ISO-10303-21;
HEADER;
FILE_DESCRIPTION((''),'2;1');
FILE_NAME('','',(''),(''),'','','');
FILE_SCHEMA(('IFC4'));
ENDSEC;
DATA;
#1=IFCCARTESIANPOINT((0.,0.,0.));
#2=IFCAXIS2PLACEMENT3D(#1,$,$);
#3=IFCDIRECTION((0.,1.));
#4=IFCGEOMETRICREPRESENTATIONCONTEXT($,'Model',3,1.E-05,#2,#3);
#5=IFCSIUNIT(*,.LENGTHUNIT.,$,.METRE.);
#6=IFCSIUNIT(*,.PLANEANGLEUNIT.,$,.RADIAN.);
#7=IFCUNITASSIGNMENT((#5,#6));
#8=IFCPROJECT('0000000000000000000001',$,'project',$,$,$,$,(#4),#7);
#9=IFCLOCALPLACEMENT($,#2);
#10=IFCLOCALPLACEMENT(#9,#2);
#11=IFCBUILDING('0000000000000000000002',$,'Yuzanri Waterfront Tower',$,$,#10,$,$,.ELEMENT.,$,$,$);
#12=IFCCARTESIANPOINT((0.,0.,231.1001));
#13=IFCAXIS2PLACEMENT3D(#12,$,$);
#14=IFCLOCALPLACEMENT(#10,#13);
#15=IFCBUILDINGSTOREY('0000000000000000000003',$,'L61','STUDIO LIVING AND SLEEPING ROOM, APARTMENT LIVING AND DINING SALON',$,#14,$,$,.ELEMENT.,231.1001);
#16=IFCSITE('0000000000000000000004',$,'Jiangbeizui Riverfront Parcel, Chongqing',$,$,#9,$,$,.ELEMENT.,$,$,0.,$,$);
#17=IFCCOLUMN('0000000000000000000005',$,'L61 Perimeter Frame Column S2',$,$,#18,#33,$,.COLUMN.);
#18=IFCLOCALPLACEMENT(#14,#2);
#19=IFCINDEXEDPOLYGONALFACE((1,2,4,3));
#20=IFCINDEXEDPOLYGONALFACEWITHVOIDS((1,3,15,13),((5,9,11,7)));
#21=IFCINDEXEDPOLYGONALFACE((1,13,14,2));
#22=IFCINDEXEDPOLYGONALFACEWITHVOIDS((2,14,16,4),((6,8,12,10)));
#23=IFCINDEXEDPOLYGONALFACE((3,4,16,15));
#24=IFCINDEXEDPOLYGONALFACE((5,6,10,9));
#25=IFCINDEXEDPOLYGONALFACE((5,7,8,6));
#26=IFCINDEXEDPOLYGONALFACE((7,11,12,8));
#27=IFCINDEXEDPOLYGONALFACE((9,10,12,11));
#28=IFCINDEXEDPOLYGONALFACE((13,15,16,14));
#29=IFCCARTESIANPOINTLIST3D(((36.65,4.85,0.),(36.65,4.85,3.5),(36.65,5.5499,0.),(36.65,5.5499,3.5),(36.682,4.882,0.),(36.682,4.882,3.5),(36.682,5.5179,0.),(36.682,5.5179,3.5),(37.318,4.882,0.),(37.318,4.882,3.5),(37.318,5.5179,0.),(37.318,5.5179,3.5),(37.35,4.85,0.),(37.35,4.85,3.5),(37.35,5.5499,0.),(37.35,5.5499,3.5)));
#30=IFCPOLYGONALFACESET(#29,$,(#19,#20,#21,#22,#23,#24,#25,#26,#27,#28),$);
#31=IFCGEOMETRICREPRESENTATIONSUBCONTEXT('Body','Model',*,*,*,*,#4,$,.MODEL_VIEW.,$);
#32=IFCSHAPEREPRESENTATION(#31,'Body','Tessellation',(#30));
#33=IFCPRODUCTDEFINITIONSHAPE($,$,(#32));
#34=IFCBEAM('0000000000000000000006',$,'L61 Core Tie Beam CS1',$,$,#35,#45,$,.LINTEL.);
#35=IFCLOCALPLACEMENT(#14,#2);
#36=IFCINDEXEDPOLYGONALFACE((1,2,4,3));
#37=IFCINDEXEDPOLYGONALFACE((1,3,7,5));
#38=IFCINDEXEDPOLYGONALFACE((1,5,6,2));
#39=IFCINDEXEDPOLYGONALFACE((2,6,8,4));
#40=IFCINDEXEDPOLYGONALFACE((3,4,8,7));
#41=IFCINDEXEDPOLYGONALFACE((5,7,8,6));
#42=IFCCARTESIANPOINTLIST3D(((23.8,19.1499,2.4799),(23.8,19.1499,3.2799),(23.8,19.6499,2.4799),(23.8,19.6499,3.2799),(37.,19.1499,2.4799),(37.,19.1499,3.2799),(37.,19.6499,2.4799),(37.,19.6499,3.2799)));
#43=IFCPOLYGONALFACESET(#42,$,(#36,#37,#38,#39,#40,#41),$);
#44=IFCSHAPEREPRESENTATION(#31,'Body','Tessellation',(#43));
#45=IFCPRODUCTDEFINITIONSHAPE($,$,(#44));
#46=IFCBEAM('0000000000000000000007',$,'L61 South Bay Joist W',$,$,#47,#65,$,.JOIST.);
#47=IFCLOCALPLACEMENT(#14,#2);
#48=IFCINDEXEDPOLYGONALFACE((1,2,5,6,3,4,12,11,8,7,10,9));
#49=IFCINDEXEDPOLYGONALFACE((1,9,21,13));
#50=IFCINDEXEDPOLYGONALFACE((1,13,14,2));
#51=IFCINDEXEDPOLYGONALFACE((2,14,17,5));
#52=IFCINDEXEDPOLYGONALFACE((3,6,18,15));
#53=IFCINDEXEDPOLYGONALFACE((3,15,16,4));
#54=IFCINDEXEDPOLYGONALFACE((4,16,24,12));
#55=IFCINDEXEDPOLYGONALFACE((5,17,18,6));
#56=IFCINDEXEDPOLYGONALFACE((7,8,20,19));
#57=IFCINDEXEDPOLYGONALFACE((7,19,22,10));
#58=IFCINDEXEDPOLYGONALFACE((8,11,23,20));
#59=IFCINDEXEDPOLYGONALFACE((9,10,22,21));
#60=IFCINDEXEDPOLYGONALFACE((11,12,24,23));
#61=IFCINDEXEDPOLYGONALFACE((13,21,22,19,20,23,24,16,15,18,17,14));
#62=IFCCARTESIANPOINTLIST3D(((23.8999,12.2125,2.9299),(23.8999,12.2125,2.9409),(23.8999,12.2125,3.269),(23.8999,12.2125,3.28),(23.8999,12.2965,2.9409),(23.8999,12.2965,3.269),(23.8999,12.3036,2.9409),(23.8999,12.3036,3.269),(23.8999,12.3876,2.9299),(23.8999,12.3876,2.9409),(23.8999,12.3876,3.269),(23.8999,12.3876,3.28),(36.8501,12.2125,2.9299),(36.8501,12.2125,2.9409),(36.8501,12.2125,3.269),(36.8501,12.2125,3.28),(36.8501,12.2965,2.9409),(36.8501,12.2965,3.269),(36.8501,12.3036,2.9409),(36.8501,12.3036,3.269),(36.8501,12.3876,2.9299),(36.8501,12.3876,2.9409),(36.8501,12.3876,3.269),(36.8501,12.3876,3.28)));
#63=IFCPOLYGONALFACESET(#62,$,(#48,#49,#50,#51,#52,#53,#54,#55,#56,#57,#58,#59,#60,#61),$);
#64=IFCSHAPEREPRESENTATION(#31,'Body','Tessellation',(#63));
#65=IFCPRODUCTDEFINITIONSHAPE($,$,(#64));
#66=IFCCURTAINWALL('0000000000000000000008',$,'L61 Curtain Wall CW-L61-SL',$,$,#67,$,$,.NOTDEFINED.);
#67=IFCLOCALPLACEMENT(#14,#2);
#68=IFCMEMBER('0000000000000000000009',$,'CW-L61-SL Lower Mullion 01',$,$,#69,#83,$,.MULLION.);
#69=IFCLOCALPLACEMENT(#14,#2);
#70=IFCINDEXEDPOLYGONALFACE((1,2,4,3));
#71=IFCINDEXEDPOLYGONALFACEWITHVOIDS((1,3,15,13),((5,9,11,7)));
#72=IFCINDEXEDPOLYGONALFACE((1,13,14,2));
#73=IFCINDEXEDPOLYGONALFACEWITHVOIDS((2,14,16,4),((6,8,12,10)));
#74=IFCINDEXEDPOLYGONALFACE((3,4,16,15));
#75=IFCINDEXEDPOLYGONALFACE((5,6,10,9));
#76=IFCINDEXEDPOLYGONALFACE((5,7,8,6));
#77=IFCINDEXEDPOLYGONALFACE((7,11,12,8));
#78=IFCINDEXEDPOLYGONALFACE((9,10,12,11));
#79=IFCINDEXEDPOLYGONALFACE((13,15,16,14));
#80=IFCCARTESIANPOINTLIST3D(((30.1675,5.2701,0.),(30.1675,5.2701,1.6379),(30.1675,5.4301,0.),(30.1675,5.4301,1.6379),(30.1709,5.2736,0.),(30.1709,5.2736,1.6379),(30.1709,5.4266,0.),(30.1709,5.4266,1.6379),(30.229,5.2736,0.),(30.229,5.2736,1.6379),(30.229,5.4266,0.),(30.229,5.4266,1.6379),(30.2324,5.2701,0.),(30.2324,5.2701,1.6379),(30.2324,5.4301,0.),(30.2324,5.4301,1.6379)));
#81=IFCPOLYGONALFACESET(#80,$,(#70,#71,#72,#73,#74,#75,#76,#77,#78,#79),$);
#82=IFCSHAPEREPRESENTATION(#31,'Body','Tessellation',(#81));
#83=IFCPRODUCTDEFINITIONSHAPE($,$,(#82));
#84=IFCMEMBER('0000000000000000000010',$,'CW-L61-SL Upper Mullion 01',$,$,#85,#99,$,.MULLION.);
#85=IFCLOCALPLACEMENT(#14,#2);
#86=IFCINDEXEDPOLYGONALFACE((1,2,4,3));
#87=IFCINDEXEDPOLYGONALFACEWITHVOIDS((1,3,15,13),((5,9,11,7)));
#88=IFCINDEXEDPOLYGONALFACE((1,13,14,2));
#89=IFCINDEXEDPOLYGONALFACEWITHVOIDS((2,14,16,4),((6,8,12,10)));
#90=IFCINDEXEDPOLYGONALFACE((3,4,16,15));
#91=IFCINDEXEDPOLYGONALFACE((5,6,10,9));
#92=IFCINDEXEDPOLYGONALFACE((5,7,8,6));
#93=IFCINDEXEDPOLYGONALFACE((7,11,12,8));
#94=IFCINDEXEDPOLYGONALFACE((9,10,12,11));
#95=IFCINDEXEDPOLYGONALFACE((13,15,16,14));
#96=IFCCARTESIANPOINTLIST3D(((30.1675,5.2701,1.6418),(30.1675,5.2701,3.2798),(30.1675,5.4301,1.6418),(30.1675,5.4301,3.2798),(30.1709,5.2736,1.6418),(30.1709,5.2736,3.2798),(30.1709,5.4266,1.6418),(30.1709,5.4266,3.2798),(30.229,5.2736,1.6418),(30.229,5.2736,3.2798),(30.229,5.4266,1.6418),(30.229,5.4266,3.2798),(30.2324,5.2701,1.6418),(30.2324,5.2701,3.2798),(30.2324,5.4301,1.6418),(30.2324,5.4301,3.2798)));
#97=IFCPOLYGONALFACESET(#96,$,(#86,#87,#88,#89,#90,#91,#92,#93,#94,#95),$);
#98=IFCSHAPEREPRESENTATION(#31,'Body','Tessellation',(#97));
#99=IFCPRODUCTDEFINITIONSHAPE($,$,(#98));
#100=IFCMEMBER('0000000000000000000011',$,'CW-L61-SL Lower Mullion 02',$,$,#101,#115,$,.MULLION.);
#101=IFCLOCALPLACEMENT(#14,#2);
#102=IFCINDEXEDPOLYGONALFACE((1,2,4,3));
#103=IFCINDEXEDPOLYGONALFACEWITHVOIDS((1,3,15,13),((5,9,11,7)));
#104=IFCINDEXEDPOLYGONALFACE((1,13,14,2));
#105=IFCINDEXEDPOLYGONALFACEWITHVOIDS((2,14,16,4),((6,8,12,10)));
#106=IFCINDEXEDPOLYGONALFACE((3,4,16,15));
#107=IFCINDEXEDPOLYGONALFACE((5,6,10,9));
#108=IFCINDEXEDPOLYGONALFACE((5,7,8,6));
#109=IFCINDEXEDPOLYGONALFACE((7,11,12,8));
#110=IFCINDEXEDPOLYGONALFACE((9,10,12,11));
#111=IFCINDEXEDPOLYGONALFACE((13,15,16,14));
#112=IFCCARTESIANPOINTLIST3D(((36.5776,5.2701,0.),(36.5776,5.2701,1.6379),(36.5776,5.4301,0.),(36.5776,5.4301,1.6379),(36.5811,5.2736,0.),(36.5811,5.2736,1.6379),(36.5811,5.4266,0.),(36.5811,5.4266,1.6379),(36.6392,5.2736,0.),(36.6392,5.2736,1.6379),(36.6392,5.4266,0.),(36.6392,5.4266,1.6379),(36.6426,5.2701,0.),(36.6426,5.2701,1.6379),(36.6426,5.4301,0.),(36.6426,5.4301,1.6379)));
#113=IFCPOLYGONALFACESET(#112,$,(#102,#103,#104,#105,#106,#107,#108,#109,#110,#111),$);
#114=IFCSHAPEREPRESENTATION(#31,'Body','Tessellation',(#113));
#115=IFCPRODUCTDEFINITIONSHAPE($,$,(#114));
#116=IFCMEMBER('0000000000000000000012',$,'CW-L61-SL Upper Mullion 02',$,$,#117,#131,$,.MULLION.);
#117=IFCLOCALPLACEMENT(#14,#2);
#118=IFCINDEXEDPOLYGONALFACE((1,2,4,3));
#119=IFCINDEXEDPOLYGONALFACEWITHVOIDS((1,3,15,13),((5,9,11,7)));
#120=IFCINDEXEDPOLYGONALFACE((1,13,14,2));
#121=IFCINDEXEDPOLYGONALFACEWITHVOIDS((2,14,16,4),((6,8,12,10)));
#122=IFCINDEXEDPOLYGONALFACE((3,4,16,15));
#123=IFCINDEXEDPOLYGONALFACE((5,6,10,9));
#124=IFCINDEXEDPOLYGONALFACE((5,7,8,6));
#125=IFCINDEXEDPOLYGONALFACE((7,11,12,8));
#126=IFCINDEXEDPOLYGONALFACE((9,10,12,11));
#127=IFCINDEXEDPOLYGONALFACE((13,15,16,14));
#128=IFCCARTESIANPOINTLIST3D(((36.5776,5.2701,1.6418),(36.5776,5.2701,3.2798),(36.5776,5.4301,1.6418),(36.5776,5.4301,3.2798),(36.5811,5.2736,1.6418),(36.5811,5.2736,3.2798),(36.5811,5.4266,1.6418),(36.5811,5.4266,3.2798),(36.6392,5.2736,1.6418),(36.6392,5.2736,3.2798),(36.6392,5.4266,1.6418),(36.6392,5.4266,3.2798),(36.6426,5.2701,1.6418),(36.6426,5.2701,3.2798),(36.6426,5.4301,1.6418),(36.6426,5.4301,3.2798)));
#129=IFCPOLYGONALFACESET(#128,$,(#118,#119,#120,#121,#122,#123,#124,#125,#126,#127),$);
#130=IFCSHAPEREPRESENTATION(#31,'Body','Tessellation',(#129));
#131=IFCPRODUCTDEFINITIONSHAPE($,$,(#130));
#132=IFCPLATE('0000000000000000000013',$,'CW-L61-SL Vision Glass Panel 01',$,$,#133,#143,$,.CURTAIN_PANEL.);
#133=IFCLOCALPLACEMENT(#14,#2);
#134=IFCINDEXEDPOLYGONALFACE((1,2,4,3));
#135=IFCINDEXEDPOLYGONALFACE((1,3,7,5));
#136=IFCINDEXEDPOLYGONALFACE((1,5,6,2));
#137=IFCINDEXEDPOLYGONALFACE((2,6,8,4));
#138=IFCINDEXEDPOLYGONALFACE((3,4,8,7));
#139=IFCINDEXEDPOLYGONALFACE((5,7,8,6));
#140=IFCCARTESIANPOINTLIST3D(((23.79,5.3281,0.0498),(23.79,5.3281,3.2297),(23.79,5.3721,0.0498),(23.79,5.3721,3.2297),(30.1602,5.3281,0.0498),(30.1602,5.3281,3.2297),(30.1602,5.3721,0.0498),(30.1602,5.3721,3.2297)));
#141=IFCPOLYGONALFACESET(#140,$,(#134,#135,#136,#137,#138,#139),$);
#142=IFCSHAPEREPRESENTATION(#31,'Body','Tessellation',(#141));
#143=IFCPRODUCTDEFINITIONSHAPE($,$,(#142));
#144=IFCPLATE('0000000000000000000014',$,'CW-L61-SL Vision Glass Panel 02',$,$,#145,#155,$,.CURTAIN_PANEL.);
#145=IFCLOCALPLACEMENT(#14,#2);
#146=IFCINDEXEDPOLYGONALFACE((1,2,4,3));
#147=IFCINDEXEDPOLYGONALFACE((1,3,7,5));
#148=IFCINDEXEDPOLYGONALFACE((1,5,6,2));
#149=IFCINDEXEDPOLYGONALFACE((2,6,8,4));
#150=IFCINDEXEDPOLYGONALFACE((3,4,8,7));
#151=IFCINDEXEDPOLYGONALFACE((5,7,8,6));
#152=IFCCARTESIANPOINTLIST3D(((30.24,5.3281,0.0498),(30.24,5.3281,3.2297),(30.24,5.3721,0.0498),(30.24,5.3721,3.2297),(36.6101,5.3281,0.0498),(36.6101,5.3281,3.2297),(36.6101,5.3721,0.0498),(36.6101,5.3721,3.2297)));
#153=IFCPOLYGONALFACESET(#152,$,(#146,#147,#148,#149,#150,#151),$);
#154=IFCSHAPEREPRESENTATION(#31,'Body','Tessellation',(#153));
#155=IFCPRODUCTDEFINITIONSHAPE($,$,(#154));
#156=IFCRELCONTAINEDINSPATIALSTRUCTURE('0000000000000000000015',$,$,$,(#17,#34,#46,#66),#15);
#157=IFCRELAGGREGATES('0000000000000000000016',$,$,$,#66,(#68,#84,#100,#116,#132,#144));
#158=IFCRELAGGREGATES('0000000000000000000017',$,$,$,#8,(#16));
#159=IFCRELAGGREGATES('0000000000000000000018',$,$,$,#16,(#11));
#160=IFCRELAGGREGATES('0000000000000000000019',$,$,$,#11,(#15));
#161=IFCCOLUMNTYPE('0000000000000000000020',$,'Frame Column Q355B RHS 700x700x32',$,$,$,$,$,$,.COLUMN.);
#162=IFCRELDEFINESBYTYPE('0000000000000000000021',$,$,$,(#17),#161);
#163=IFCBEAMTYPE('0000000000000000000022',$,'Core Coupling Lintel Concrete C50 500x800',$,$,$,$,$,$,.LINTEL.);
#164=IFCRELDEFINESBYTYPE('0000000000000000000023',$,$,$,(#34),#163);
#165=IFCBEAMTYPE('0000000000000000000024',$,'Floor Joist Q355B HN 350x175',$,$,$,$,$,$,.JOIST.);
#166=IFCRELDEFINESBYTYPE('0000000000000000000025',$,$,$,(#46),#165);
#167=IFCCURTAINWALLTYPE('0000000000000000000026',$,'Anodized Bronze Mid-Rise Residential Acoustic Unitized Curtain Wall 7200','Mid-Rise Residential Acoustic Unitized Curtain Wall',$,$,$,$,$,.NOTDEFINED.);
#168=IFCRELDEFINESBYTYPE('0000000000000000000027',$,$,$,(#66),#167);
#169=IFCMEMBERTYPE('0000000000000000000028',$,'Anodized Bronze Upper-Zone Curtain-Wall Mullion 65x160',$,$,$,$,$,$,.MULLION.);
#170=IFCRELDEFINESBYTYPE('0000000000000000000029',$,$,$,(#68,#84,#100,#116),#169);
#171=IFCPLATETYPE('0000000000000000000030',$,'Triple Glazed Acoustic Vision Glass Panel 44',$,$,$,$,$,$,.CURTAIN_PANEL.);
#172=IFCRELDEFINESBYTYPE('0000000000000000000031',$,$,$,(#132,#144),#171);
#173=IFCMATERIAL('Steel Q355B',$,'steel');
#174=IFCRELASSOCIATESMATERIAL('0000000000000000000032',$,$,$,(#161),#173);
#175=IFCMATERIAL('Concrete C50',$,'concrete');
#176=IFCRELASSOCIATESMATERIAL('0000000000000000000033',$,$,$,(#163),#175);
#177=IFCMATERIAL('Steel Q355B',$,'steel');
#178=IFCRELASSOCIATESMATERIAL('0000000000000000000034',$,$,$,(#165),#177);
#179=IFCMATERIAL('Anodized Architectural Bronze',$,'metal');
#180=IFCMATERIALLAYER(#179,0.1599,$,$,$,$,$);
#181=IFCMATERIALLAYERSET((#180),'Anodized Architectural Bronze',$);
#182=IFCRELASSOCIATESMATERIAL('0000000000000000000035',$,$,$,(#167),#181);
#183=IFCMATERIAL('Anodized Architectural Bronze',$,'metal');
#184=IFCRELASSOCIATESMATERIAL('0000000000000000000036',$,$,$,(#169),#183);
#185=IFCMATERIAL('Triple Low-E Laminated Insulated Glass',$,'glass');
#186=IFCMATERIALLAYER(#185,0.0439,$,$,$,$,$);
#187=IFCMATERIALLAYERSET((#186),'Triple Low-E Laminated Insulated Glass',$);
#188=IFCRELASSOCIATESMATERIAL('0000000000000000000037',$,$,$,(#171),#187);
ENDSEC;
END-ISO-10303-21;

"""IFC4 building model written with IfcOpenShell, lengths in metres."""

from ifc_helpers import new_model, si_unit, direction, frame, origin, origin_2d, place, context, subcontext, project, spatial, rectangle, hollow_rectangle, i_section, extrude, source, transform, mapped, material, layer, layer_set, material_profile, profile_set, type_object, element, aggregate, save


model = new_model("IFC4")

# Units and contexts
model_context = context("Model", 3, precision=1e-05, world=origin(), true_north=direction((0.0, 1.0)))
body_context = subcontext(model_context, "Body", "Model", "MODEL_VIEW")
ifc_project = project(units=[si_unit("LENGTHUNIT", "METRE"), si_unit("PLANEANGLEUNIT", "RADIAN")], contexts=[model_context])

# Site, building, storey
site_placement = place(None, origin())
site = spatial("IfcSite", under=ifc_project, at=site_placement, Name="Jiangbeizui Riverfront Parcel, Chongqing", CompositionType="ELEMENT", RefElevation=0.0)
building_placement = place(site_placement, origin())
building = spatial("IfcBuilding", under=site, at=building_placement, Name="Yuzanri Waterfront Tower", CompositionType="ELEMENT")
storey_placement = place(building_placement, frame((0.0, 0.0, 231.1001)))
storey = spatial("IfcBuildingStorey", under=building, at=storey_placement, Name="L61", Description="STUDIO LIVING AND SLEEPING ROOM, APARTMENT LIVING AND DINING SALON", CompositionType="ELEMENT", Elevation=231.1001)

# Column
ifc_material_1 = material(Name="Steel Q355B", Category="steel")
ifc_material_profile_1 = material_profile(ifc_material_1, hollow_rectangle(XDim=0.7, YDim=0.7, WallThickness=0.032, at=origin_2d()), Name="RHS 700x700x32")
ifc_profile_set_1 = profile_set([ifc_material_profile_1], Name="Steel Q355B")
column_type = type_object("IfcColumnType", Name="Frame Column Q355B RHS 700x700x32", PredefinedType="COLUMN", material=ifc_profile_set_1)
shared_shape_1 = source(origin(), body_context, "Body", "SweptSolid", [
    extrude(hollow_rectangle(XDim=0.7, YDim=0.7, WallThickness=0.032, at=origin_2d()), origin(), (0.0, 0.0, 1.0), 3.5),
])
column_placement = place(storey_placement, frame((37.0, 5.2, 0.0), z_axis=(0.0, 0.0, 1.0), x_axis=(1.0, 0.0, 0.0)))
element("IfcColumn", 1, at=column_placement, inside=storey, type_object=column_type, Name="L61 Perimeter Frame Column S2", PredefinedType="COLUMN", context=body_context, shape_type="MappedRepresentation", body=[
    mapped(shared_shape_1, transform((0.0, 0.0, 0.0), scale=1.0)),
])

# Beams
ifc_material_2 = material(Name="Concrete C50", Category="concrete")
ifc_material_profile_2 = material_profile(ifc_material_2, rectangle(XDim=0.5, YDim=0.8, at=origin_2d()), Name="RC 500x800")
ifc_profile_set_2 = profile_set([ifc_material_profile_2], Name="Concrete C50")
beam_type_1 = type_object("IfcBeamType", Name="Core Coupling Lintel Concrete C50 500x800", PredefinedType="LINTEL", material=ifc_profile_set_2)
shared_shape_2 = source(origin(), body_context, "Body", "SweptSolid", [
    extrude(rectangle(XDim=0.5, YDim=0.8, at=origin_2d()), origin(), (0.0, 0.0, 1.0), 13.2),
])
beam_1_placement = place(storey_placement, frame((23.8, 19.3999, 2.8799), z_axis=(1.0, 0.0, 0.0), x_axis=(0.0, 1.0, 0.0)))
element("IfcBeam", 2, at=beam_1_placement, inside=storey, type_object=beam_type_1, Name="L61 Core Tie Beam CS1", PredefinedType="LINTEL", context=body_context, shape_type="MappedRepresentation", body=[
    mapped(shared_shape_2, transform((0.0, 0.0, 0.0), scale=1.0)),
])
ifc_material_3 = material(Name="Steel Q355B", Category="steel")
ifc_material_profile_3 = material_profile(ifc_material_3, i_section(OverallWidth=0.175, OverallDepth=0.3501, WebThickness=0.0071, FlangeThickness=0.011, at=origin_2d()), Name="HN 350x175x7x11")
ifc_profile_set_3 = profile_set([ifc_material_profile_3], Name="Steel Q355B")
beam_type_2 = type_object("IfcBeamType", Name="Floor Joist Q355B HN 350x175", PredefinedType="JOIST", material=ifc_profile_set_3)
shared_shape_3 = source(origin(), body_context, "Body", "SweptSolid", [
    extrude(i_section(OverallWidth=0.175, OverallDepth=0.3501, WebThickness=0.0071, FlangeThickness=0.011, at=origin_2d()), origin(), (0.0, 0.0, 1.0), 12.9502),
])
beam_2_placement = place(storey_placement, frame((23.8999, 12.3, 3.105), z_axis=(1.0, 0.0, 0.0), x_axis=(0.0, 1.0, 0.0)))
element("IfcBeam", 3, at=beam_2_placement, inside=storey, type_object=beam_type_2, Name="L61 South Bay Joist W", PredefinedType="JOIST", context=body_context, shape_type="MappedRepresentation", body=[
    mapped(shared_shape_3, transform((0.0, 0.0, 0.0), scale=1.0)),
])

# Curtain wall, members, plates
ifc_material_4 = material(Name="Anodized Architectural Bronze", Category="metal")
ifc_layer_1 = layer(ifc_material_4, 0.1599)
ifc_layer_set_1 = layer_set([ifc_layer_1], Name="Anodized Architectural Bronze")
curtain_wall_type = type_object("IfcCurtainWallType", Name="Anodized Bronze Mid-Rise Residential Acoustic Unitized Curtain Wall 7200", Description="Mid-Rise Residential Acoustic Unitized Curtain Wall", PredefinedType="NOTDEFINED", material=ifc_layer_set_1)
curtain_wall_placement = place(storey_placement, origin())
curtain_wall = element("IfcCurtainWall", 4, at=curtain_wall_placement, inside=storey, type_object=curtain_wall_type, Name="L61 Curtain Wall CW-L61-SL", PredefinedType="NOTDEFINED")
ifc_material_5 = material(Name="Anodized Architectural Bronze", Category="metal")
ifc_material_profile_4 = material_profile(ifc_material_5, hollow_rectangle(XDim=0.0649, YDim=0.1599, WallThickness=0.0034, at=origin_2d()), Name="CWM 65x160")
ifc_profile_set_4 = profile_set([ifc_material_profile_4], Name="Anodized Architectural Bronze")
member_type = type_object("IfcMemberType", Name="Anodized Bronze Upper-Zone Curtain-Wall Mullion 65x160", PredefinedType="MULLION", material=ifc_profile_set_4)
shared_shape_4 = source(origin(), body_context, "Body", "SweptSolid", [
    extrude(hollow_rectangle(XDim=0.0649, YDim=0.1599, WallThickness=0.0034, at=origin_2d()), origin(), (0.0, 0.0, 1.0), 1.6379),
])
member_1_placement = place(storey_placement, frame((30.2, 5.3501, 0.0), z_axis=(0.0, 0.0, 1.0), x_axis=(1.0, 0.0, 0.0)))
member_1 = element("IfcMember", 5, at=member_1_placement, type_object=member_type, Name="CW-L61-SL Lower Mullion 01", PredefinedType="MULLION", context=body_context, shape_type="MappedRepresentation", body=[
    mapped(shared_shape_4, transform((0.0, 0.0, 0.0), scale=1.0)),
])
member_2_placement = place(storey_placement, frame((30.2, 5.3501, 1.6418), z_axis=(0.0, 0.0, 1.0), x_axis=(1.0, 0.0, 0.0)))
member_2 = element("IfcMember", 6, at=member_2_placement, type_object=member_type, Name="CW-L61-SL Upper Mullion 01", PredefinedType="MULLION", context=body_context, shape_type="MappedRepresentation", body=[
    mapped(shared_shape_4, transform((0.0, 0.0, 0.0), scale=1.0)),
])
member_3_placement = place(storey_placement, frame((36.6101, 5.3501, 0.0), z_axis=(0.0, 0.0, 1.0), x_axis=(1.0, 0.0, 0.0)))
member_3 = element("IfcMember", 7, at=member_3_placement, type_object=member_type, Name="CW-L61-SL Lower Mullion 02", PredefinedType="MULLION", context=body_context, shape_type="MappedRepresentation", body=[
    mapped(shared_shape_4, transform((0.0, 0.0, 0.0), scale=1.0)),
])
member_4_placement = place(storey_placement, frame((36.6101, 5.3501, 1.6418), z_axis=(0.0, 0.0, 1.0), x_axis=(1.0, 0.0, 0.0)))
member_4 = element("IfcMember", 8, at=member_4_placement, type_object=member_type, Name="CW-L61-SL Upper Mullion 02", PredefinedType="MULLION", context=body_context, shape_type="MappedRepresentation", body=[
    mapped(shared_shape_4, transform((0.0, 0.0, 0.0), scale=1.0)),
])
ifc_material_6 = material(Name="Triple Low-E Laminated Insulated Glass", Category="glass")
ifc_layer_2 = layer(ifc_material_6, 0.0439)
ifc_layer_set_2 = layer_set([ifc_layer_2], Name="Triple Low-E Laminated Insulated Glass")
plate_type = type_object("IfcPlateType", Name="Triple Glazed Acoustic Vision Glass Panel 44", PredefinedType="CURTAIN_PANEL", material=ifc_layer_set_2)
shared_shape_5 = source(origin(), body_context, "Body", "SweptSolid", [
    extrude(rectangle(XDim=6.3701, YDim=0.0439, at=origin_2d()), origin(), (0.0, 0.0, 1.0), 3.1799),
])
plate_1_placement = place(storey_placement, frame((26.9751, 5.3501, 0.0498), z_axis=(0.0, 0.0, 1.0), x_axis=(1.0, 0.0, 0.0)))
plate_1 = element("IfcPlate", 9, at=plate_1_placement, type_object=plate_type, Name="CW-L61-SL Vision Glass Panel 01", PredefinedType="CURTAIN_PANEL", context=body_context, shape_type="MappedRepresentation", body=[
    mapped(shared_shape_5, transform((0.0, 0.0, 0.0), scale=1.0)),
])
plate_2_placement = place(storey_placement, frame((33.425, 5.3501, 0.0498), z_axis=(0.0, 0.0, 1.0), x_axis=(1.0, 0.0, 0.0)))
plate_2 = element("IfcPlate", 10, at=plate_2_placement, type_object=plate_type, Name="CW-L61-SL Vision Glass Panel 02", PredefinedType="CURTAIN_PANEL", context=body_context, shape_type="MappedRepresentation", body=[
    mapped(shared_shape_5, transform((0.0, 0.0, 0.0), scale=1.0)),
])
aggregate(curtain_wall, [member_1, member_2, member_3, member_4, plate_1, plate_2])

save(model, "model.ifc")
